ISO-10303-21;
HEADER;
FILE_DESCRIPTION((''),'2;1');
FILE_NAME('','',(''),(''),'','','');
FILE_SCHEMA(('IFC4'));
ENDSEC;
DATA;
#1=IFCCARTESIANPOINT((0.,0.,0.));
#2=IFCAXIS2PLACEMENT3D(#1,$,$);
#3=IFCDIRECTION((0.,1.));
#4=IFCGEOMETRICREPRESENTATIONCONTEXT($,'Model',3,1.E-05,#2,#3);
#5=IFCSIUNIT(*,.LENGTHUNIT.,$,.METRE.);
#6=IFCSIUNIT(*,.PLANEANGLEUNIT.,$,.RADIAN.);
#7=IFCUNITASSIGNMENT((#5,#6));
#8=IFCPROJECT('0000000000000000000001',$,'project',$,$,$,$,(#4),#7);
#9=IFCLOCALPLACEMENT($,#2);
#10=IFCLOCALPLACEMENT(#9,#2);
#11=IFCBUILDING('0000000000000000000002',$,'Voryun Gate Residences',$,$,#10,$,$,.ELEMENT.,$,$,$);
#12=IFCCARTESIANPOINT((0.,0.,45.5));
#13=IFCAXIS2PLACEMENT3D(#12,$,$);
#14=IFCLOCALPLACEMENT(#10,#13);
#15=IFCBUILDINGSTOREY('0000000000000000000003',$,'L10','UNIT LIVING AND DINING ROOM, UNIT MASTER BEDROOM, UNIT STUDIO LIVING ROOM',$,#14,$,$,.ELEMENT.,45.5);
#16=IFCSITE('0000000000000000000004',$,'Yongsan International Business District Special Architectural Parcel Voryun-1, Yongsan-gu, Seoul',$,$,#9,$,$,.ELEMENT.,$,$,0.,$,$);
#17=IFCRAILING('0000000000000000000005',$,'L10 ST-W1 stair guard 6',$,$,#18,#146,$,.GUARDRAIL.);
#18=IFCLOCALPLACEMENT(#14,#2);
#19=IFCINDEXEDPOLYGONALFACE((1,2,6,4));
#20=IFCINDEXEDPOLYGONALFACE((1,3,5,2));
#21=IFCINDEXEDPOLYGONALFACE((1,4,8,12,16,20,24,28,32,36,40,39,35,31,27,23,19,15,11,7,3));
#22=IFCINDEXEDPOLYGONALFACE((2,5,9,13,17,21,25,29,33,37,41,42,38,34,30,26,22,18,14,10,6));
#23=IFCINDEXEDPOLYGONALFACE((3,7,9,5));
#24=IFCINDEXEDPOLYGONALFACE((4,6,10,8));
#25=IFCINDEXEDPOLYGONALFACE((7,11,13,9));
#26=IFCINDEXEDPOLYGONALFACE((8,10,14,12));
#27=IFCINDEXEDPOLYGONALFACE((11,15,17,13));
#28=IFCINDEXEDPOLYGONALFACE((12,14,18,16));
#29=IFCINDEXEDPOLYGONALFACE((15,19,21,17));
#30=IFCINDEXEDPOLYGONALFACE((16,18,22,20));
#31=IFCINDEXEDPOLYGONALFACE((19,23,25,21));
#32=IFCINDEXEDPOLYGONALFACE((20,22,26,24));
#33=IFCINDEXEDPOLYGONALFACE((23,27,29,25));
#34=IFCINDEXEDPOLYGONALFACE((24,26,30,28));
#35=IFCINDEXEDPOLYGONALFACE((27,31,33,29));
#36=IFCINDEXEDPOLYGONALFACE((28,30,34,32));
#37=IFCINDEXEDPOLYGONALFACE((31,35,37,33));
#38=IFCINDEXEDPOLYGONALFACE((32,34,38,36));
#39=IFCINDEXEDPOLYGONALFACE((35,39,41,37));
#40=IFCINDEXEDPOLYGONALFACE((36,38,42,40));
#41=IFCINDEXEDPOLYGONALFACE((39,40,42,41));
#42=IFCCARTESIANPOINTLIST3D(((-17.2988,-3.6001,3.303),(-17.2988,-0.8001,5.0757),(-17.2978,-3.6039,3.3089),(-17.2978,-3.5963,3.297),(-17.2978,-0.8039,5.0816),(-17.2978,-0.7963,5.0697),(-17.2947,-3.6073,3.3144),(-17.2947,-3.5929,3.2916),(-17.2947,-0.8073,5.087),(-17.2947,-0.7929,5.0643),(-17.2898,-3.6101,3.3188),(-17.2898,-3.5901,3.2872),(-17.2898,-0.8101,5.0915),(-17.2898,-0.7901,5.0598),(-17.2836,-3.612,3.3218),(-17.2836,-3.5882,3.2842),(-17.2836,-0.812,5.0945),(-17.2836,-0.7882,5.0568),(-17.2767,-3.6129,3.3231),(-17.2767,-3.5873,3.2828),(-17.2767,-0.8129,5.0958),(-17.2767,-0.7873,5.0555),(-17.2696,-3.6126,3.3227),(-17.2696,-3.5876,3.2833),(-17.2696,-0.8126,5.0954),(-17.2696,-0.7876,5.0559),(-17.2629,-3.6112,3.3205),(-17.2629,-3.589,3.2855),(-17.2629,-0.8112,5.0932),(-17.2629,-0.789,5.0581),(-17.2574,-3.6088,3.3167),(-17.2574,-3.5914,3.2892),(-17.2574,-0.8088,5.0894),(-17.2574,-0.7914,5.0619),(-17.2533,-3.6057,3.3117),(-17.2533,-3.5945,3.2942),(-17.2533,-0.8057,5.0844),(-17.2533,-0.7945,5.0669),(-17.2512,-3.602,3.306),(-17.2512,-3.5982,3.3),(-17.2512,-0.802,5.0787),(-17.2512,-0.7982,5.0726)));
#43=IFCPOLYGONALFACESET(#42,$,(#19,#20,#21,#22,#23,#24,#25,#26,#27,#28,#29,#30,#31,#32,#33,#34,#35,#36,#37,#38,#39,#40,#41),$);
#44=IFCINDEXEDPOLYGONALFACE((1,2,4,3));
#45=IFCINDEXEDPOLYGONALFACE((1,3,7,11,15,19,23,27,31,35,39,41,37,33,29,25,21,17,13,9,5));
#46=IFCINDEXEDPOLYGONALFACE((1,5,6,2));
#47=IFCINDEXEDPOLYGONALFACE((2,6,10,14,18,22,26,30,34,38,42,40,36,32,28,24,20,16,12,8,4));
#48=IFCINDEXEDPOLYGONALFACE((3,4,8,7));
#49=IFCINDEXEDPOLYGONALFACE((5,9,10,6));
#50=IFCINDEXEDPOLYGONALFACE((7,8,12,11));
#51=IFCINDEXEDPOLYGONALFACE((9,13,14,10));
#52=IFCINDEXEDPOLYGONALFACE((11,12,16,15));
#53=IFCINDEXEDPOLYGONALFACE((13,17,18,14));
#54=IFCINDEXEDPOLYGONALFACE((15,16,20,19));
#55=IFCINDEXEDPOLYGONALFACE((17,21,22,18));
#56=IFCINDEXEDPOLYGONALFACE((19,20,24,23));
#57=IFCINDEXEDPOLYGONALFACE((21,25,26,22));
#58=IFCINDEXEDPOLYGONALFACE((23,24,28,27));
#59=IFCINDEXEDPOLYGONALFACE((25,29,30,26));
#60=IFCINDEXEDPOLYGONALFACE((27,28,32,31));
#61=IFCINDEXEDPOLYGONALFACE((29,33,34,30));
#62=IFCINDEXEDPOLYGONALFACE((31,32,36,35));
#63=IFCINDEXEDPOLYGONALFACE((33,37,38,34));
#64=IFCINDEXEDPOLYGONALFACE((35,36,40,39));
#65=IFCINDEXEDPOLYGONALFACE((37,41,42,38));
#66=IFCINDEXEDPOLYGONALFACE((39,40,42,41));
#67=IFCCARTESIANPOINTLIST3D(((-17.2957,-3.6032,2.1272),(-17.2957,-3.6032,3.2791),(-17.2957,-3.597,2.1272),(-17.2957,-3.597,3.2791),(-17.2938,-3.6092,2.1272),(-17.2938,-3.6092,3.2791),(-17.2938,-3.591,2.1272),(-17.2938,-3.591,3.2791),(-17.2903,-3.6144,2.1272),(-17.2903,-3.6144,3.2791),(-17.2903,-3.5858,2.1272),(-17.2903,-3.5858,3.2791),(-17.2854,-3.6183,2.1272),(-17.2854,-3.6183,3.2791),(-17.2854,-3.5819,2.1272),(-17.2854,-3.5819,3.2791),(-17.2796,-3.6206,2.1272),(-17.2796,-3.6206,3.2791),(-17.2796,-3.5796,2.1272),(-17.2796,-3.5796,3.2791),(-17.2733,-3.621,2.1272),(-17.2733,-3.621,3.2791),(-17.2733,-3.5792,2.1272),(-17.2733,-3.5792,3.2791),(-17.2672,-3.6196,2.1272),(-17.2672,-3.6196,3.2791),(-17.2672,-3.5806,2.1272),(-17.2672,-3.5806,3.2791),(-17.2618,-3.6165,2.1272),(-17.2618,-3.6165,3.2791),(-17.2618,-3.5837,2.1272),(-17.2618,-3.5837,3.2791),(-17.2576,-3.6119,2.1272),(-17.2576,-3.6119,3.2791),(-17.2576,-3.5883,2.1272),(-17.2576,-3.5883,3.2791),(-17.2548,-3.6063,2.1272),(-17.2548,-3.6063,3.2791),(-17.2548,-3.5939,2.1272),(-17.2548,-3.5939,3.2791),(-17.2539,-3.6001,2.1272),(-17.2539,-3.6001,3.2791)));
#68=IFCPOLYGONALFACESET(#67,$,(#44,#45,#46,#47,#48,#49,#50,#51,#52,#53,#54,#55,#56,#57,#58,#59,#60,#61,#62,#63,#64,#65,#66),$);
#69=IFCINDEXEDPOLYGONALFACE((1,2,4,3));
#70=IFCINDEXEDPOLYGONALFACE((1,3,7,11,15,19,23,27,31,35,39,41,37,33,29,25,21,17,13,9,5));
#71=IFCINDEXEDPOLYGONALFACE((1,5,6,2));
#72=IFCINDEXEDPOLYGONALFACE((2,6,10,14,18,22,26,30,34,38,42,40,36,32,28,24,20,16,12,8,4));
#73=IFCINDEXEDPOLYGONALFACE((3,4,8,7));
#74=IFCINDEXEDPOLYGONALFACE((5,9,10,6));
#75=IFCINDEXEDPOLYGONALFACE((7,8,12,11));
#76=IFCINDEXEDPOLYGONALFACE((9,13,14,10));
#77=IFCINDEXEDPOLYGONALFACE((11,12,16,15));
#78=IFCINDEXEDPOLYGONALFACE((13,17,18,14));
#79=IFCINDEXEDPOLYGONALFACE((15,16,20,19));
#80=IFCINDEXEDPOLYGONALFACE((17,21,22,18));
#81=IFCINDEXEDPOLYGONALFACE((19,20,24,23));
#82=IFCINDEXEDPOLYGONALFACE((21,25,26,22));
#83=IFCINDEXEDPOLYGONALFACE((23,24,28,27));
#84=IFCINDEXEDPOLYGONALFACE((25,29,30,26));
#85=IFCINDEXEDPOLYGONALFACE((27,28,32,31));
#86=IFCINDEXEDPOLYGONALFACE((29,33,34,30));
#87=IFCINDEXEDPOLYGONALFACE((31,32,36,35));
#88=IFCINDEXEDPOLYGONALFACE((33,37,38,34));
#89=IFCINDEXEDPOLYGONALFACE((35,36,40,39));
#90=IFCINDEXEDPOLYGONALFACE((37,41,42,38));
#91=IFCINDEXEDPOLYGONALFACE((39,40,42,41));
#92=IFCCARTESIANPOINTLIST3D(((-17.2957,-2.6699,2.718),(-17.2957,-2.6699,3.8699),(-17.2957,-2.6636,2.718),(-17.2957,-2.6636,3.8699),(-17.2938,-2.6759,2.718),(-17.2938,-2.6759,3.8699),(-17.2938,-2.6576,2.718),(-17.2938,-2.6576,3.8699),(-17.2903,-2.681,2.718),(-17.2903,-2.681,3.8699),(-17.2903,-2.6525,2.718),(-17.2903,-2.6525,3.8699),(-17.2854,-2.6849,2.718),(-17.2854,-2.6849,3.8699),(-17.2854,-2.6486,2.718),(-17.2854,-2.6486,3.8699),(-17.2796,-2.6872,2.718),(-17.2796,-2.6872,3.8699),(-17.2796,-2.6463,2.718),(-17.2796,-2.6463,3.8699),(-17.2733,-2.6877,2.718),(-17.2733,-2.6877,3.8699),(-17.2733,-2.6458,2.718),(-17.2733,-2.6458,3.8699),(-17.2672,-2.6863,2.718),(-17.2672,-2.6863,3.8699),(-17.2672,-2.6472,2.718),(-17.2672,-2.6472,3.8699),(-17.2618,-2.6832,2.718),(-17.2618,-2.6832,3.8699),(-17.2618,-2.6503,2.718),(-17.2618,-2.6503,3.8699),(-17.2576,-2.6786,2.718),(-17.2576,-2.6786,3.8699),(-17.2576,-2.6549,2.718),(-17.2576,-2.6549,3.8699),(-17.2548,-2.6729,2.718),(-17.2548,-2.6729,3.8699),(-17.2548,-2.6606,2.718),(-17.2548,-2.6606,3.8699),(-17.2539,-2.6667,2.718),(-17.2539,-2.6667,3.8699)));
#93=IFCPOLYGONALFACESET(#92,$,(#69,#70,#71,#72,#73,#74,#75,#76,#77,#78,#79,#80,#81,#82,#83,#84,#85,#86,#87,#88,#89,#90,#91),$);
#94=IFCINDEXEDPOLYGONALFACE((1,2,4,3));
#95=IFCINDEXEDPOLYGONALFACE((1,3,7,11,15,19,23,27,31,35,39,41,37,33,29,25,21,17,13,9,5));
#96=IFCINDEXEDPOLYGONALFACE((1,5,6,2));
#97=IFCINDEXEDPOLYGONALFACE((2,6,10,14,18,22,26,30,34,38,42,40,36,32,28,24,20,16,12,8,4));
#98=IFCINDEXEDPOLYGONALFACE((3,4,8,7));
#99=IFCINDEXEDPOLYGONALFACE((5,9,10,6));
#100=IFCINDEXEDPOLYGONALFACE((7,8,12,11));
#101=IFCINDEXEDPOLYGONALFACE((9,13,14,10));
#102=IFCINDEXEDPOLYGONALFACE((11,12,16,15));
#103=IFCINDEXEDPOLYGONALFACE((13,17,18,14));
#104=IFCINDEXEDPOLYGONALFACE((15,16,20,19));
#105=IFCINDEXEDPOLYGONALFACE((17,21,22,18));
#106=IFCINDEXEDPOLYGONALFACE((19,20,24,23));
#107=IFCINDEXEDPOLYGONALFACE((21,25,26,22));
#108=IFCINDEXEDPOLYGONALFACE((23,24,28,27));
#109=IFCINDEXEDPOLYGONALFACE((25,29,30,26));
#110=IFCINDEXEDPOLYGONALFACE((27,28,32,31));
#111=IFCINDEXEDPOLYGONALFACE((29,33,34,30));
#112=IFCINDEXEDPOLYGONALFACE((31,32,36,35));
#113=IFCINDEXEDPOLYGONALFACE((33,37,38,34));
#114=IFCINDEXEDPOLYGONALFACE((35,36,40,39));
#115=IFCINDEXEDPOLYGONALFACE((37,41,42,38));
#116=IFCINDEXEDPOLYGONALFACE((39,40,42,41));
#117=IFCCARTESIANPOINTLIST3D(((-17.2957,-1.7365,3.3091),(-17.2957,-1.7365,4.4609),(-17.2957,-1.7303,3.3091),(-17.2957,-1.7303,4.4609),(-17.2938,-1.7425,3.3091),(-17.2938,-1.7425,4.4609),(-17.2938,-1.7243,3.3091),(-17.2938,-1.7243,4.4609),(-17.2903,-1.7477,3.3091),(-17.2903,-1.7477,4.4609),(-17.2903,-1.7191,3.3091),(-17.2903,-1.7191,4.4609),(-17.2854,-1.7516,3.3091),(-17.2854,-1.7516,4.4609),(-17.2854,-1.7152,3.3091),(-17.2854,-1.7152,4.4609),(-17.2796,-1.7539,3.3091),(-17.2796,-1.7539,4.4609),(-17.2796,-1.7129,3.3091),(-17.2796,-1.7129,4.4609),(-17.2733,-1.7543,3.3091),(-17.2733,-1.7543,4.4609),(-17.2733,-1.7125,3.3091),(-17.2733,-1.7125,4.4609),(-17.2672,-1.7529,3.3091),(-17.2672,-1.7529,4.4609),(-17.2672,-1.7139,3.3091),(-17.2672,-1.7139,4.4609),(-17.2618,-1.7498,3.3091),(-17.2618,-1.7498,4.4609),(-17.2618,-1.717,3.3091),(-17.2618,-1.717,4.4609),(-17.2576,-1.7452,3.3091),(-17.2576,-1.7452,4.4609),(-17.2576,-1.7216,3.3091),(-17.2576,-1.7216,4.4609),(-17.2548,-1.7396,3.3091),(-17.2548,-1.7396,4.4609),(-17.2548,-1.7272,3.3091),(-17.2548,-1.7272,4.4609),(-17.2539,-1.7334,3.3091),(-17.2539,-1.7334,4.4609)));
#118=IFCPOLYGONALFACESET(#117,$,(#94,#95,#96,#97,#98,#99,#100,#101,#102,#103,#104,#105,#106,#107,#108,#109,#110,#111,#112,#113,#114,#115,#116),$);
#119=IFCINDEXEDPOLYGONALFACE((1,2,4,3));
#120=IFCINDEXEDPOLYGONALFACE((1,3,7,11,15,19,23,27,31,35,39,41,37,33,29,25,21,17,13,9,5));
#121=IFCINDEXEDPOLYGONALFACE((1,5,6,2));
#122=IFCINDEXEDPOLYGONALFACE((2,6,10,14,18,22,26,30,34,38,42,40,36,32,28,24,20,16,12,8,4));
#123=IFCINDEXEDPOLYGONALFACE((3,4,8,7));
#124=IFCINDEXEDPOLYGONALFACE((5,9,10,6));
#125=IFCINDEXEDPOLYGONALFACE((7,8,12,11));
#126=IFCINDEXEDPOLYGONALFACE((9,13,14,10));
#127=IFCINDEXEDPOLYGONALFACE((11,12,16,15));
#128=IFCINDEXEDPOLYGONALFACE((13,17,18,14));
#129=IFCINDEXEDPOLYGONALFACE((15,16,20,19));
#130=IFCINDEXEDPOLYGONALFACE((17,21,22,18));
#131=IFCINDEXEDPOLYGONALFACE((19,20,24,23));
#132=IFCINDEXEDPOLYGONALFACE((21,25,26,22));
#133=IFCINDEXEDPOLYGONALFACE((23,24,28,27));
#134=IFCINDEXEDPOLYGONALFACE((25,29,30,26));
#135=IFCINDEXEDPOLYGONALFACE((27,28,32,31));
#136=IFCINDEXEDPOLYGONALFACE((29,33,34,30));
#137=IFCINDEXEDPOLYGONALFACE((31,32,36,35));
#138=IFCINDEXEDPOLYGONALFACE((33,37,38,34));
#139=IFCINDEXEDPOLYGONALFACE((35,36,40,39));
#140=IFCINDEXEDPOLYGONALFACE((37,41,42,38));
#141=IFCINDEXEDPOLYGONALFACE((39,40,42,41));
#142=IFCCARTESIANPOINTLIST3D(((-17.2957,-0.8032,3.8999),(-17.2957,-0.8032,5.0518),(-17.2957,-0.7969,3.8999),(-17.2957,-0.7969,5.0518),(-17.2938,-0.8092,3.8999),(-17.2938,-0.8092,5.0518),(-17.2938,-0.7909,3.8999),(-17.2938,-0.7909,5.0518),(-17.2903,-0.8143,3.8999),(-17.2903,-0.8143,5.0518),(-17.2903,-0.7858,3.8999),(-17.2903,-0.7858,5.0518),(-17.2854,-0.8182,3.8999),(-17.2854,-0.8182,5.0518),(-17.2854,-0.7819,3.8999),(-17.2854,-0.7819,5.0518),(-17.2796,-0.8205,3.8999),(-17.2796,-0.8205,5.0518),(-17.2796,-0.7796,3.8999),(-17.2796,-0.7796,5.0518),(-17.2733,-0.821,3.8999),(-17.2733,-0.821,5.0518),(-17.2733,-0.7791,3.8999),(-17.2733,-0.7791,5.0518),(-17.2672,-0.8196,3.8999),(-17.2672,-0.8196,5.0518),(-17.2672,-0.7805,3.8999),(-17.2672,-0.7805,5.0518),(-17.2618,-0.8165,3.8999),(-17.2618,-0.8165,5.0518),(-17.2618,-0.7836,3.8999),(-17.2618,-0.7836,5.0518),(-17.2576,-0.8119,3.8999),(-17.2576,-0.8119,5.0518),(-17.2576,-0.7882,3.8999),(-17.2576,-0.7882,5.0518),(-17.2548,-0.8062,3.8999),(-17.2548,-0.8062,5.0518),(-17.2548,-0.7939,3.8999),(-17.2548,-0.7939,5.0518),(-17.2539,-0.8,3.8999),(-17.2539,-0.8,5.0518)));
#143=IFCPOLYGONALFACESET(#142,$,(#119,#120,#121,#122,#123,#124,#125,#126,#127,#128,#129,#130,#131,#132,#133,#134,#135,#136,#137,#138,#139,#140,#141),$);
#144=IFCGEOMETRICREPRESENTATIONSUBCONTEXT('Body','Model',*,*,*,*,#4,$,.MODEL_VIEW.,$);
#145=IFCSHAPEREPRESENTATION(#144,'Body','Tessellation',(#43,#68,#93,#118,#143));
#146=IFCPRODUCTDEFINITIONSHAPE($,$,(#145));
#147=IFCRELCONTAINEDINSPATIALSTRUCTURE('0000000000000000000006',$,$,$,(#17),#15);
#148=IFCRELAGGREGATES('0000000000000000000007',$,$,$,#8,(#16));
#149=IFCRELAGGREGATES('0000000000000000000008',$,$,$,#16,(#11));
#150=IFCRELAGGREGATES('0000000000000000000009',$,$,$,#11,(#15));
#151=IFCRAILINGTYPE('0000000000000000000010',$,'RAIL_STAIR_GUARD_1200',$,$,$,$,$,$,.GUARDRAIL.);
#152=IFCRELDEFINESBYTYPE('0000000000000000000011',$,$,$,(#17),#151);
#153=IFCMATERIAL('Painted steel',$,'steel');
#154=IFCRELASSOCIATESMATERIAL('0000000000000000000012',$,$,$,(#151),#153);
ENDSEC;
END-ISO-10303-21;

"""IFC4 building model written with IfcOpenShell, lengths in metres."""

from ifc_helpers import new_model, si_unit, direction, frame, origin, origin_2d, place, context, subcontext, project, spatial, circle, extrude, material, type_object, element, save


model = new_model("IFC4")

# Units and contexts
model_context = context("Model", 3, precision=1e-05, world=origin(), true_north=direction((0.0, 1.0)))
body_context = subcontext(model_context, "Body", "Model", "MODEL_VIEW")
ifc_project = project(units=[si_unit("LENGTHUNIT", "METRE"), si_unit("PLANEANGLEUNIT", "RADIAN")], contexts=[model_context])

# Site, building, storey
site_placement = place(None, origin())
site = spatial("IfcSite", under=ifc_project, at=site_placement, Name="Yongsan International Business District Special Architectural Parcel Voryun-1, Yongsan-gu, Seoul", CompositionType="ELEMENT", RefElevation=0.0)
building_placement = place(site_placement, origin())
building = spatial("IfcBuilding", under=site, at=building_placement, Name="Voryun Gate Residences", CompositionType="ELEMENT")
storey_placement = place(building_placement, frame((0.0, 0.0, 45.5)))
storey = spatial("IfcBuildingStorey", under=building, at=storey_placement, Name="L10", Description="UNIT LIVING AND DINING ROOM, UNIT MASTER BEDROOM, UNIT STUDIO LIVING ROOM", CompositionType="ELEMENT", Elevation=45.5)

# Railing
ifc_material_1 = material(Name="Painted steel", Category="steel")
railing_type_1 = type_object("IfcRailingType", Name="RAIL_STAIR_GUARD_1200", PredefinedType="GUARDRAIL", material=ifc_material_1)
railing_1_placement = place(storey_placement, frame((-17.2749, -3.6001, 2.1272)))
element("IfcRailing", 1, at=railing_1_placement, inside=storey, type_object=railing_type_1, Name="L10 ST-W1 stair guard 6", PredefinedType="GUARDRAIL", context=body_context, shape_type="SweptSolid", body=[
    extrude(circle(Radius=0.0239, at=origin_2d()), frame((0.0, 0.0, 1.1758), z_axis=(0.0, 0.844909, 0.53491), x_axis=(-1.0, 0.0, 0.0)), (0.0, 0.0, 1.0), 3.314),
    extrude(circle(Radius=0.021, at=origin_2d()), origin(), (0.0, 0.0, 1.0), 1.1519),
    extrude(circle(Radius=0.021, at=origin_2d()), frame((0.0, 0.9333, 0.5908)), (0.0, 0.0, 1.0), 1.1519),
    extrude(circle(Radius=0.021, at=origin_2d()), frame((0.0, 1.8667, 1.1819)), (0.0, 0.0, 1.0), 1.1519),
    extrude(circle(Radius=0.021, at=origin_2d()), frame((0.0, 2.8, 1.7727)), (0.0, 0.0, 1.0), 1.1519),
])

save(model, "model.ifc")
